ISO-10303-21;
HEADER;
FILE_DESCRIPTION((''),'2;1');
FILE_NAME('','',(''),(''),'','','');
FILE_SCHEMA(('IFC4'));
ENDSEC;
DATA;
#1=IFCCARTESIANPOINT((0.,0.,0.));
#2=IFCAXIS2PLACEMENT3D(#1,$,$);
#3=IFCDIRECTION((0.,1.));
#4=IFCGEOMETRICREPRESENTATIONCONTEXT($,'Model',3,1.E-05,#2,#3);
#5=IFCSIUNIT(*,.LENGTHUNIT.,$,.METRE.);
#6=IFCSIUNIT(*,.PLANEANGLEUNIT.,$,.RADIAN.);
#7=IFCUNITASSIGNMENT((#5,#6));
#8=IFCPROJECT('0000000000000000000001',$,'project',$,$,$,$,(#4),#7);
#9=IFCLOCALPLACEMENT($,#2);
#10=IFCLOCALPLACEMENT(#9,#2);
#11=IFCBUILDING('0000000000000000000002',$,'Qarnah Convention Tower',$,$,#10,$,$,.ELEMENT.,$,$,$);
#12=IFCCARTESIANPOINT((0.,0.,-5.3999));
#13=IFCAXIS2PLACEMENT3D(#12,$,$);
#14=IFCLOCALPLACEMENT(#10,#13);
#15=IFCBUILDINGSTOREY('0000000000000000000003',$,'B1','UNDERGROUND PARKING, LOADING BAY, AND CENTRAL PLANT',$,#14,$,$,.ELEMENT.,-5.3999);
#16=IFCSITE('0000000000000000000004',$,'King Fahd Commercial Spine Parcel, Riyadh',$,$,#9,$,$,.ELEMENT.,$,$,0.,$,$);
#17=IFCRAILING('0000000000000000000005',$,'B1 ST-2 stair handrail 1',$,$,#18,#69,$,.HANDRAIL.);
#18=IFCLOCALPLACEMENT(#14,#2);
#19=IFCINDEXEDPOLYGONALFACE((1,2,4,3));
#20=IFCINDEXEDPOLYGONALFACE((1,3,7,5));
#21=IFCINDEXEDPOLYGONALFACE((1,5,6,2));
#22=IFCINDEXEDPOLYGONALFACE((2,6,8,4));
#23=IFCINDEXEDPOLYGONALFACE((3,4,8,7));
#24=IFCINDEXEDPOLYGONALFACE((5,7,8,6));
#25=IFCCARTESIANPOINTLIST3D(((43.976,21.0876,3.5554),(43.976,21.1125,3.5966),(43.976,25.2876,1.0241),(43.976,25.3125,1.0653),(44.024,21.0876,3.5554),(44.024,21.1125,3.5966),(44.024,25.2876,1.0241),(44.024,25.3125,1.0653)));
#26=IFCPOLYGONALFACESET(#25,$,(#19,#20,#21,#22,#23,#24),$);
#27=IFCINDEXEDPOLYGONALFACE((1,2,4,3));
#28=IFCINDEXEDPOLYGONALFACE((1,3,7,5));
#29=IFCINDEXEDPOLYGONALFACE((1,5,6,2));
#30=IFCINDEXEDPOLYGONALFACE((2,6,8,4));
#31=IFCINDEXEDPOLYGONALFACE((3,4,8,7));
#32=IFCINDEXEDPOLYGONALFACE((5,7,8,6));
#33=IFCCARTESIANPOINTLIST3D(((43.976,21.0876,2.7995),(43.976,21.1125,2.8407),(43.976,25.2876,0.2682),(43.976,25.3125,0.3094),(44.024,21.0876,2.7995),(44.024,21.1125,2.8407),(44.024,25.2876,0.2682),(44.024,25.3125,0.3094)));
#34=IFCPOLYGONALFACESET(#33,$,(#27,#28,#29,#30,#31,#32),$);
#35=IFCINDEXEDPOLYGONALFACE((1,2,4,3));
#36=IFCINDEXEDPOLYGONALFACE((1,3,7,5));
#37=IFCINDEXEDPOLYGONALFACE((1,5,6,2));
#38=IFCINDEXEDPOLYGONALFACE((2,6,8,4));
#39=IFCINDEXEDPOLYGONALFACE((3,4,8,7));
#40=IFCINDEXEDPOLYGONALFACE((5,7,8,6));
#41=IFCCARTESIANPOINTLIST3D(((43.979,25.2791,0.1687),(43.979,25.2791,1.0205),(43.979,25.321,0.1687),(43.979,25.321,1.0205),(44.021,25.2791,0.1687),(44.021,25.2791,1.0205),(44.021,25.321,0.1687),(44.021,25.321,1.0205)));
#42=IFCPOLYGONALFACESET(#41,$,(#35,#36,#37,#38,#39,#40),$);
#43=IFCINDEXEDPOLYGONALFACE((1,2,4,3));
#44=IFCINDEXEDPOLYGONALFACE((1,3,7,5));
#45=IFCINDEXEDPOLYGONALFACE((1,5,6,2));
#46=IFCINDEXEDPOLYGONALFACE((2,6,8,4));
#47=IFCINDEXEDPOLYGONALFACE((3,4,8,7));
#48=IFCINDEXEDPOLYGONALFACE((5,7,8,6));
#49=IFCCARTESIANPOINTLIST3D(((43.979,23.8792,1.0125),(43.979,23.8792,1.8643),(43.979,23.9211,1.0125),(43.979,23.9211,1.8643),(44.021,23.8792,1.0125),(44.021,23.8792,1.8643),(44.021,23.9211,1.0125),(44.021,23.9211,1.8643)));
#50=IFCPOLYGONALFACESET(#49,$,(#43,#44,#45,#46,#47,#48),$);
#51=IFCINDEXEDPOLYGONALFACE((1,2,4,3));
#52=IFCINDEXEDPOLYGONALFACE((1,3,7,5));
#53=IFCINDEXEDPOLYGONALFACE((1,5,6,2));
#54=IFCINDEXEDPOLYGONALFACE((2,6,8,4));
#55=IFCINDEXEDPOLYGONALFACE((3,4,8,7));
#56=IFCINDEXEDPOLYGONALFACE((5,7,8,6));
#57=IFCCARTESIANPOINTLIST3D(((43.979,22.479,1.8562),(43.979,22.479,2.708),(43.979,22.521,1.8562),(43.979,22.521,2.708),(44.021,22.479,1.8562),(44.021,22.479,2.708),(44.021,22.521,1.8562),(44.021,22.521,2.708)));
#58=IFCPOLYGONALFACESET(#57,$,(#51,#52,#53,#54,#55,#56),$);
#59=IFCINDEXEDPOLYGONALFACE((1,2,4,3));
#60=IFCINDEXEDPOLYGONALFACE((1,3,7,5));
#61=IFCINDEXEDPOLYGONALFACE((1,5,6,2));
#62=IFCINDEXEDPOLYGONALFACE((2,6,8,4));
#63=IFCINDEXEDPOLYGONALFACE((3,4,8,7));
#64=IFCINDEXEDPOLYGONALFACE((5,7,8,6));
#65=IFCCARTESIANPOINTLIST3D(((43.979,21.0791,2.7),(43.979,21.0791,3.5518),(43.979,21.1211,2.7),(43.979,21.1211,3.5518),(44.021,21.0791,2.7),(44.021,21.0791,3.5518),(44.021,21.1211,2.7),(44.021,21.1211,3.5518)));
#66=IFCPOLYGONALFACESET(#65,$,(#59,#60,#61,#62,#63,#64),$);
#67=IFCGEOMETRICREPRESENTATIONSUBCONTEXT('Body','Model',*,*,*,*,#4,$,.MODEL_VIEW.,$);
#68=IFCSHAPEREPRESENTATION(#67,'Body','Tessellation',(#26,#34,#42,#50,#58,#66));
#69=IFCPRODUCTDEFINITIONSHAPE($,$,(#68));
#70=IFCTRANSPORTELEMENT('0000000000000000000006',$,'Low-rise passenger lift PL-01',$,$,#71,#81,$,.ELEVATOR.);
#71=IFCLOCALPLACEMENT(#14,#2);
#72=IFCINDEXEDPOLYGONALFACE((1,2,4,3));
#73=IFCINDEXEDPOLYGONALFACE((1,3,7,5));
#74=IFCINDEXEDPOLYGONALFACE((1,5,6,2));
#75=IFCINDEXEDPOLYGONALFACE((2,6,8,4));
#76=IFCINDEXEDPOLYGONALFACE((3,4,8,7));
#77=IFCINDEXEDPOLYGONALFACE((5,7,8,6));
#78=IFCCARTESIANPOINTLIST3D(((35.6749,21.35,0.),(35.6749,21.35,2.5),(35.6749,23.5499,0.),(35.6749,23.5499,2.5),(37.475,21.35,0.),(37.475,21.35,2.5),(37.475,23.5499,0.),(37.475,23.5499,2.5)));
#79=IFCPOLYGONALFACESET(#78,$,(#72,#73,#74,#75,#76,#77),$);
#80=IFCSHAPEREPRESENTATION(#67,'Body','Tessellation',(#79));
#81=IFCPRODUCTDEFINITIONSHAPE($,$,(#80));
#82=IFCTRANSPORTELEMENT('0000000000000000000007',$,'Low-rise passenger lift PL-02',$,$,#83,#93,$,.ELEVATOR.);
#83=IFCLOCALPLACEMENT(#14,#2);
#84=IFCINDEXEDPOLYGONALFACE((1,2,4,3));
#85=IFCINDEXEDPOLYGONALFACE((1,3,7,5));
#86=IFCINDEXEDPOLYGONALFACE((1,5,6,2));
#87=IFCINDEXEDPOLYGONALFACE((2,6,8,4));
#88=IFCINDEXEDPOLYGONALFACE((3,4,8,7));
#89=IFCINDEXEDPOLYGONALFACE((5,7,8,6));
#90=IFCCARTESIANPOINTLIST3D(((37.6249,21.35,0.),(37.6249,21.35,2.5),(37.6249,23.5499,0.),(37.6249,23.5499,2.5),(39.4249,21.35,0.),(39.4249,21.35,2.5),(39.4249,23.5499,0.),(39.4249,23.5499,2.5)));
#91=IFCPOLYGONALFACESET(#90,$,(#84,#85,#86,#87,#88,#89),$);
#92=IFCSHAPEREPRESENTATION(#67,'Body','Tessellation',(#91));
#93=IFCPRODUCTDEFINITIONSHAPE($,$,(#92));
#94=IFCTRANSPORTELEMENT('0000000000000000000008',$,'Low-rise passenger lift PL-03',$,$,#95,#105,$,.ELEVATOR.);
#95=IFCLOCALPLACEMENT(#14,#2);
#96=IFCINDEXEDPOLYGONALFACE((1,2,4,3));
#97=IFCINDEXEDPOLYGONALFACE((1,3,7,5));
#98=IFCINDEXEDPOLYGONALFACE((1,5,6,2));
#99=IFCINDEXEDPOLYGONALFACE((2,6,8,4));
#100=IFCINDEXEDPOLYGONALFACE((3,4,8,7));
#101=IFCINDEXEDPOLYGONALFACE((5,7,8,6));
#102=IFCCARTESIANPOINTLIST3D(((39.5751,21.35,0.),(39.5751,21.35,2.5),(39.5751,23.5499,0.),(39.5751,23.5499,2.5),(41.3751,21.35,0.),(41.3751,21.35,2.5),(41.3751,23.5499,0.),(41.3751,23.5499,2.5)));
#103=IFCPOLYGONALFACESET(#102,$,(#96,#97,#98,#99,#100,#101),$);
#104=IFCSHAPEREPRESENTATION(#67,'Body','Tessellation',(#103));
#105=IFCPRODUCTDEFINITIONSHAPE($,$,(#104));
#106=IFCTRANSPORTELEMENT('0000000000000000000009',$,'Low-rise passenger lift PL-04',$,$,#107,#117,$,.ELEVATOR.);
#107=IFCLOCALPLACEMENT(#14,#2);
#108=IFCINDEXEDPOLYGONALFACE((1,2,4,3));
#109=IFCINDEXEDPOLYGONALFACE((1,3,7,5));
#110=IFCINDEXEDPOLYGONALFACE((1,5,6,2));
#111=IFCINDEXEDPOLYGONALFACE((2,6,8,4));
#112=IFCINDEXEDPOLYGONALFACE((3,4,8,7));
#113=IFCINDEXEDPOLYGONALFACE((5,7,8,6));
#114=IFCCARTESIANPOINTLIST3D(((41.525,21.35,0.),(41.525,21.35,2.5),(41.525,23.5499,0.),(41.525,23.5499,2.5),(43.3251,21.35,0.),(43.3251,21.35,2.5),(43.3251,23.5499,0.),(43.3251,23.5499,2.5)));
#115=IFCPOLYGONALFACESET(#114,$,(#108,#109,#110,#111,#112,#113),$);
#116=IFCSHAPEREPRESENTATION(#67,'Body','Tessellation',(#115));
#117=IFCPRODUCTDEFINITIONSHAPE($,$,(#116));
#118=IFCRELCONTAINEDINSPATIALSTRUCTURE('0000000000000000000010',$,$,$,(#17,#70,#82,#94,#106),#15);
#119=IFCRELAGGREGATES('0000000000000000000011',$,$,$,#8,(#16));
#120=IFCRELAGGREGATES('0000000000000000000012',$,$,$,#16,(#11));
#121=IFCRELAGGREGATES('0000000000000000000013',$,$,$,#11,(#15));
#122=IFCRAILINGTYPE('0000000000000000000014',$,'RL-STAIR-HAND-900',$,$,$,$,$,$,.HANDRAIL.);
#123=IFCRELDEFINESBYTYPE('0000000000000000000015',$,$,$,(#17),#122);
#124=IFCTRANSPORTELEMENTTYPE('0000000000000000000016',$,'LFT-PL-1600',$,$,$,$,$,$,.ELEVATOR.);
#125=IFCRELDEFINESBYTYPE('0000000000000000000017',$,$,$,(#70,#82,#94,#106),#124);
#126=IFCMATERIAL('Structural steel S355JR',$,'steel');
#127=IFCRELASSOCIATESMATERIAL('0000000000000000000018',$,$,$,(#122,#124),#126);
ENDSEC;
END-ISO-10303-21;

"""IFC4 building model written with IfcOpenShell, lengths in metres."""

from ifc_helpers import new_model, si_unit, direction, frame, origin, origin_2d, place, context, subcontext, project, spatial, rectangle, extrude, material, type_object, element, save


model = new_model("IFC4")

# Units and contexts
model_context = context("Model", 3, precision=1e-05, world=origin(), true_north=direction((0.0, 1.0)))
body_context = subcontext(model_context, "Body", "Model", "MODEL_VIEW")
ifc_project = project(units=[si_unit("LENGTHUNIT", "METRE"), si_unit("PLANEANGLEUNIT", "RADIAN")], contexts=[model_context])

# Site, building, storey
site_placement = place(None, origin())
site = spatial("IfcSite", under=ifc_project, at=site_placement, Name="King Fahd Commercial Spine Parcel, Riyadh", CompositionType="ELEMENT", RefElevation=0.0)
building_placement = place(site_placement, origin())
building = spatial("IfcBuilding", under=site, at=building_placement, Name="Qarnah Convention Tower", CompositionType="ELEMENT")
storey_placement = place(building_placement, frame((0.0, 0.0, -5.3999)))
storey = spatial("IfcBuildingStorey", under=building, at=storey_placement, Name="B1", Description="UNDERGROUND PARKING, LOADING BAY, AND CENTRAL PLANT", CompositionType="ELEMENT", Elevation=-5.3999)

# Shared definitions
ifc_material_1 = material(Name="Structural steel S355JR", Category="steel")

# Railing
railing_type_1 = type_object("IfcRailingType", Name="RL-STAIR-HAND-900", PredefinedType="HANDRAIL", material=ifc_material_1)
railing_1_placement = place(storey_placement, frame((44.0, 25.3, 0.1687)))
element("IfcRailing", 1, at=railing_1_placement, inside=storey, type_object=railing_type_1, Name="B1 ST-2 stair handrail 1", PredefinedType="HANDRAIL", context=body_context, shape_type="SweptSolid", body=[
    extrude(rectangle(XDim=0.0481, YDim=0.0481, at=origin_2d()), frame((0.0, 0.0, 0.876), z_axis=(0.0, -0.856476, 0.516186), x_axis=(1.0, 0.0, 0.0)), (0.0, 0.0, 1.0), 4.9038),
    extrude(rectangle(XDim=0.0481, YDim=0.0481, at=origin_2d()), frame((0.0, 0.0, 0.1201), z_axis=(0.0, -0.856476, 0.516186), x_axis=(1.0, 0.0, 0.0)), (0.0, 0.0, 1.0), 4.9038),
    extrude(rectangle(XDim=0.042, YDim=0.042, at=origin_2d()), origin(), (0.0, 0.0, 1.0), 0.8518),
    extrude(rectangle(XDim=0.042, YDim=0.042, at=origin_2d()), frame((0.0, -1.3999, 0.8438)), (0.0, 0.0, 1.0), 0.8518),
    extrude(rectangle(XDim=0.042, YDim=0.042, at=origin_2d()), frame((0.0, -2.8, 1.6875)), (0.0, 0.0, 1.0), 0.8518),
    extrude(rectangle(XDim=0.042, YDim=0.042, at=origin_2d()), frame((0.0, -4.2, 2.5312)), (0.0, 0.0, 1.0), 0.8518),
])

# Transport elements
transport_element_type = type_object("IfcTransportElementType", Name="LFT-PL-1600", PredefinedType="ELEVATOR", material=ifc_material_1)
for number, where, z_axis, x_axis, name in (
    (2, (36.575, 22.45, 0.0), (0.0, 0.0, 1.0), (1.0, 0.0, 0.0), "Low-rise passenger lift PL-01"),
    (3, (38.5249, 22.45, 0.0), (0.0, 0.0, 1.0), (1.0, 0.0, 0.0), "Low-rise passenger lift PL-02"),
    (4, (40.4751, 22.45, 0.0), (0.0, 0.0, 1.0), (1.0, 0.0, 0.0), "Low-rise passenger lift PL-03"),
    (5, (42.425, 22.45, 0.0), (0.0, 0.0, 1.0), (1.0, 0.0, 0.0), "Low-rise passenger lift PL-04"),
):
    element("IfcTransportElement", number, at=place(storey_placement, frame(where, z_axis=z_axis, x_axis=x_axis)), inside=storey, type_object=transport_element_type, Name=name, PredefinedType="ELEVATOR", context=body_context, shape_type="SweptSolid", body=[
        extrude(rectangle(XDim=1.8, YDim=2.2, at=origin_2d()), origin(), (0.0, 0.0, 1.0), 2.5),
    ])

save(model, "model.ifc")
